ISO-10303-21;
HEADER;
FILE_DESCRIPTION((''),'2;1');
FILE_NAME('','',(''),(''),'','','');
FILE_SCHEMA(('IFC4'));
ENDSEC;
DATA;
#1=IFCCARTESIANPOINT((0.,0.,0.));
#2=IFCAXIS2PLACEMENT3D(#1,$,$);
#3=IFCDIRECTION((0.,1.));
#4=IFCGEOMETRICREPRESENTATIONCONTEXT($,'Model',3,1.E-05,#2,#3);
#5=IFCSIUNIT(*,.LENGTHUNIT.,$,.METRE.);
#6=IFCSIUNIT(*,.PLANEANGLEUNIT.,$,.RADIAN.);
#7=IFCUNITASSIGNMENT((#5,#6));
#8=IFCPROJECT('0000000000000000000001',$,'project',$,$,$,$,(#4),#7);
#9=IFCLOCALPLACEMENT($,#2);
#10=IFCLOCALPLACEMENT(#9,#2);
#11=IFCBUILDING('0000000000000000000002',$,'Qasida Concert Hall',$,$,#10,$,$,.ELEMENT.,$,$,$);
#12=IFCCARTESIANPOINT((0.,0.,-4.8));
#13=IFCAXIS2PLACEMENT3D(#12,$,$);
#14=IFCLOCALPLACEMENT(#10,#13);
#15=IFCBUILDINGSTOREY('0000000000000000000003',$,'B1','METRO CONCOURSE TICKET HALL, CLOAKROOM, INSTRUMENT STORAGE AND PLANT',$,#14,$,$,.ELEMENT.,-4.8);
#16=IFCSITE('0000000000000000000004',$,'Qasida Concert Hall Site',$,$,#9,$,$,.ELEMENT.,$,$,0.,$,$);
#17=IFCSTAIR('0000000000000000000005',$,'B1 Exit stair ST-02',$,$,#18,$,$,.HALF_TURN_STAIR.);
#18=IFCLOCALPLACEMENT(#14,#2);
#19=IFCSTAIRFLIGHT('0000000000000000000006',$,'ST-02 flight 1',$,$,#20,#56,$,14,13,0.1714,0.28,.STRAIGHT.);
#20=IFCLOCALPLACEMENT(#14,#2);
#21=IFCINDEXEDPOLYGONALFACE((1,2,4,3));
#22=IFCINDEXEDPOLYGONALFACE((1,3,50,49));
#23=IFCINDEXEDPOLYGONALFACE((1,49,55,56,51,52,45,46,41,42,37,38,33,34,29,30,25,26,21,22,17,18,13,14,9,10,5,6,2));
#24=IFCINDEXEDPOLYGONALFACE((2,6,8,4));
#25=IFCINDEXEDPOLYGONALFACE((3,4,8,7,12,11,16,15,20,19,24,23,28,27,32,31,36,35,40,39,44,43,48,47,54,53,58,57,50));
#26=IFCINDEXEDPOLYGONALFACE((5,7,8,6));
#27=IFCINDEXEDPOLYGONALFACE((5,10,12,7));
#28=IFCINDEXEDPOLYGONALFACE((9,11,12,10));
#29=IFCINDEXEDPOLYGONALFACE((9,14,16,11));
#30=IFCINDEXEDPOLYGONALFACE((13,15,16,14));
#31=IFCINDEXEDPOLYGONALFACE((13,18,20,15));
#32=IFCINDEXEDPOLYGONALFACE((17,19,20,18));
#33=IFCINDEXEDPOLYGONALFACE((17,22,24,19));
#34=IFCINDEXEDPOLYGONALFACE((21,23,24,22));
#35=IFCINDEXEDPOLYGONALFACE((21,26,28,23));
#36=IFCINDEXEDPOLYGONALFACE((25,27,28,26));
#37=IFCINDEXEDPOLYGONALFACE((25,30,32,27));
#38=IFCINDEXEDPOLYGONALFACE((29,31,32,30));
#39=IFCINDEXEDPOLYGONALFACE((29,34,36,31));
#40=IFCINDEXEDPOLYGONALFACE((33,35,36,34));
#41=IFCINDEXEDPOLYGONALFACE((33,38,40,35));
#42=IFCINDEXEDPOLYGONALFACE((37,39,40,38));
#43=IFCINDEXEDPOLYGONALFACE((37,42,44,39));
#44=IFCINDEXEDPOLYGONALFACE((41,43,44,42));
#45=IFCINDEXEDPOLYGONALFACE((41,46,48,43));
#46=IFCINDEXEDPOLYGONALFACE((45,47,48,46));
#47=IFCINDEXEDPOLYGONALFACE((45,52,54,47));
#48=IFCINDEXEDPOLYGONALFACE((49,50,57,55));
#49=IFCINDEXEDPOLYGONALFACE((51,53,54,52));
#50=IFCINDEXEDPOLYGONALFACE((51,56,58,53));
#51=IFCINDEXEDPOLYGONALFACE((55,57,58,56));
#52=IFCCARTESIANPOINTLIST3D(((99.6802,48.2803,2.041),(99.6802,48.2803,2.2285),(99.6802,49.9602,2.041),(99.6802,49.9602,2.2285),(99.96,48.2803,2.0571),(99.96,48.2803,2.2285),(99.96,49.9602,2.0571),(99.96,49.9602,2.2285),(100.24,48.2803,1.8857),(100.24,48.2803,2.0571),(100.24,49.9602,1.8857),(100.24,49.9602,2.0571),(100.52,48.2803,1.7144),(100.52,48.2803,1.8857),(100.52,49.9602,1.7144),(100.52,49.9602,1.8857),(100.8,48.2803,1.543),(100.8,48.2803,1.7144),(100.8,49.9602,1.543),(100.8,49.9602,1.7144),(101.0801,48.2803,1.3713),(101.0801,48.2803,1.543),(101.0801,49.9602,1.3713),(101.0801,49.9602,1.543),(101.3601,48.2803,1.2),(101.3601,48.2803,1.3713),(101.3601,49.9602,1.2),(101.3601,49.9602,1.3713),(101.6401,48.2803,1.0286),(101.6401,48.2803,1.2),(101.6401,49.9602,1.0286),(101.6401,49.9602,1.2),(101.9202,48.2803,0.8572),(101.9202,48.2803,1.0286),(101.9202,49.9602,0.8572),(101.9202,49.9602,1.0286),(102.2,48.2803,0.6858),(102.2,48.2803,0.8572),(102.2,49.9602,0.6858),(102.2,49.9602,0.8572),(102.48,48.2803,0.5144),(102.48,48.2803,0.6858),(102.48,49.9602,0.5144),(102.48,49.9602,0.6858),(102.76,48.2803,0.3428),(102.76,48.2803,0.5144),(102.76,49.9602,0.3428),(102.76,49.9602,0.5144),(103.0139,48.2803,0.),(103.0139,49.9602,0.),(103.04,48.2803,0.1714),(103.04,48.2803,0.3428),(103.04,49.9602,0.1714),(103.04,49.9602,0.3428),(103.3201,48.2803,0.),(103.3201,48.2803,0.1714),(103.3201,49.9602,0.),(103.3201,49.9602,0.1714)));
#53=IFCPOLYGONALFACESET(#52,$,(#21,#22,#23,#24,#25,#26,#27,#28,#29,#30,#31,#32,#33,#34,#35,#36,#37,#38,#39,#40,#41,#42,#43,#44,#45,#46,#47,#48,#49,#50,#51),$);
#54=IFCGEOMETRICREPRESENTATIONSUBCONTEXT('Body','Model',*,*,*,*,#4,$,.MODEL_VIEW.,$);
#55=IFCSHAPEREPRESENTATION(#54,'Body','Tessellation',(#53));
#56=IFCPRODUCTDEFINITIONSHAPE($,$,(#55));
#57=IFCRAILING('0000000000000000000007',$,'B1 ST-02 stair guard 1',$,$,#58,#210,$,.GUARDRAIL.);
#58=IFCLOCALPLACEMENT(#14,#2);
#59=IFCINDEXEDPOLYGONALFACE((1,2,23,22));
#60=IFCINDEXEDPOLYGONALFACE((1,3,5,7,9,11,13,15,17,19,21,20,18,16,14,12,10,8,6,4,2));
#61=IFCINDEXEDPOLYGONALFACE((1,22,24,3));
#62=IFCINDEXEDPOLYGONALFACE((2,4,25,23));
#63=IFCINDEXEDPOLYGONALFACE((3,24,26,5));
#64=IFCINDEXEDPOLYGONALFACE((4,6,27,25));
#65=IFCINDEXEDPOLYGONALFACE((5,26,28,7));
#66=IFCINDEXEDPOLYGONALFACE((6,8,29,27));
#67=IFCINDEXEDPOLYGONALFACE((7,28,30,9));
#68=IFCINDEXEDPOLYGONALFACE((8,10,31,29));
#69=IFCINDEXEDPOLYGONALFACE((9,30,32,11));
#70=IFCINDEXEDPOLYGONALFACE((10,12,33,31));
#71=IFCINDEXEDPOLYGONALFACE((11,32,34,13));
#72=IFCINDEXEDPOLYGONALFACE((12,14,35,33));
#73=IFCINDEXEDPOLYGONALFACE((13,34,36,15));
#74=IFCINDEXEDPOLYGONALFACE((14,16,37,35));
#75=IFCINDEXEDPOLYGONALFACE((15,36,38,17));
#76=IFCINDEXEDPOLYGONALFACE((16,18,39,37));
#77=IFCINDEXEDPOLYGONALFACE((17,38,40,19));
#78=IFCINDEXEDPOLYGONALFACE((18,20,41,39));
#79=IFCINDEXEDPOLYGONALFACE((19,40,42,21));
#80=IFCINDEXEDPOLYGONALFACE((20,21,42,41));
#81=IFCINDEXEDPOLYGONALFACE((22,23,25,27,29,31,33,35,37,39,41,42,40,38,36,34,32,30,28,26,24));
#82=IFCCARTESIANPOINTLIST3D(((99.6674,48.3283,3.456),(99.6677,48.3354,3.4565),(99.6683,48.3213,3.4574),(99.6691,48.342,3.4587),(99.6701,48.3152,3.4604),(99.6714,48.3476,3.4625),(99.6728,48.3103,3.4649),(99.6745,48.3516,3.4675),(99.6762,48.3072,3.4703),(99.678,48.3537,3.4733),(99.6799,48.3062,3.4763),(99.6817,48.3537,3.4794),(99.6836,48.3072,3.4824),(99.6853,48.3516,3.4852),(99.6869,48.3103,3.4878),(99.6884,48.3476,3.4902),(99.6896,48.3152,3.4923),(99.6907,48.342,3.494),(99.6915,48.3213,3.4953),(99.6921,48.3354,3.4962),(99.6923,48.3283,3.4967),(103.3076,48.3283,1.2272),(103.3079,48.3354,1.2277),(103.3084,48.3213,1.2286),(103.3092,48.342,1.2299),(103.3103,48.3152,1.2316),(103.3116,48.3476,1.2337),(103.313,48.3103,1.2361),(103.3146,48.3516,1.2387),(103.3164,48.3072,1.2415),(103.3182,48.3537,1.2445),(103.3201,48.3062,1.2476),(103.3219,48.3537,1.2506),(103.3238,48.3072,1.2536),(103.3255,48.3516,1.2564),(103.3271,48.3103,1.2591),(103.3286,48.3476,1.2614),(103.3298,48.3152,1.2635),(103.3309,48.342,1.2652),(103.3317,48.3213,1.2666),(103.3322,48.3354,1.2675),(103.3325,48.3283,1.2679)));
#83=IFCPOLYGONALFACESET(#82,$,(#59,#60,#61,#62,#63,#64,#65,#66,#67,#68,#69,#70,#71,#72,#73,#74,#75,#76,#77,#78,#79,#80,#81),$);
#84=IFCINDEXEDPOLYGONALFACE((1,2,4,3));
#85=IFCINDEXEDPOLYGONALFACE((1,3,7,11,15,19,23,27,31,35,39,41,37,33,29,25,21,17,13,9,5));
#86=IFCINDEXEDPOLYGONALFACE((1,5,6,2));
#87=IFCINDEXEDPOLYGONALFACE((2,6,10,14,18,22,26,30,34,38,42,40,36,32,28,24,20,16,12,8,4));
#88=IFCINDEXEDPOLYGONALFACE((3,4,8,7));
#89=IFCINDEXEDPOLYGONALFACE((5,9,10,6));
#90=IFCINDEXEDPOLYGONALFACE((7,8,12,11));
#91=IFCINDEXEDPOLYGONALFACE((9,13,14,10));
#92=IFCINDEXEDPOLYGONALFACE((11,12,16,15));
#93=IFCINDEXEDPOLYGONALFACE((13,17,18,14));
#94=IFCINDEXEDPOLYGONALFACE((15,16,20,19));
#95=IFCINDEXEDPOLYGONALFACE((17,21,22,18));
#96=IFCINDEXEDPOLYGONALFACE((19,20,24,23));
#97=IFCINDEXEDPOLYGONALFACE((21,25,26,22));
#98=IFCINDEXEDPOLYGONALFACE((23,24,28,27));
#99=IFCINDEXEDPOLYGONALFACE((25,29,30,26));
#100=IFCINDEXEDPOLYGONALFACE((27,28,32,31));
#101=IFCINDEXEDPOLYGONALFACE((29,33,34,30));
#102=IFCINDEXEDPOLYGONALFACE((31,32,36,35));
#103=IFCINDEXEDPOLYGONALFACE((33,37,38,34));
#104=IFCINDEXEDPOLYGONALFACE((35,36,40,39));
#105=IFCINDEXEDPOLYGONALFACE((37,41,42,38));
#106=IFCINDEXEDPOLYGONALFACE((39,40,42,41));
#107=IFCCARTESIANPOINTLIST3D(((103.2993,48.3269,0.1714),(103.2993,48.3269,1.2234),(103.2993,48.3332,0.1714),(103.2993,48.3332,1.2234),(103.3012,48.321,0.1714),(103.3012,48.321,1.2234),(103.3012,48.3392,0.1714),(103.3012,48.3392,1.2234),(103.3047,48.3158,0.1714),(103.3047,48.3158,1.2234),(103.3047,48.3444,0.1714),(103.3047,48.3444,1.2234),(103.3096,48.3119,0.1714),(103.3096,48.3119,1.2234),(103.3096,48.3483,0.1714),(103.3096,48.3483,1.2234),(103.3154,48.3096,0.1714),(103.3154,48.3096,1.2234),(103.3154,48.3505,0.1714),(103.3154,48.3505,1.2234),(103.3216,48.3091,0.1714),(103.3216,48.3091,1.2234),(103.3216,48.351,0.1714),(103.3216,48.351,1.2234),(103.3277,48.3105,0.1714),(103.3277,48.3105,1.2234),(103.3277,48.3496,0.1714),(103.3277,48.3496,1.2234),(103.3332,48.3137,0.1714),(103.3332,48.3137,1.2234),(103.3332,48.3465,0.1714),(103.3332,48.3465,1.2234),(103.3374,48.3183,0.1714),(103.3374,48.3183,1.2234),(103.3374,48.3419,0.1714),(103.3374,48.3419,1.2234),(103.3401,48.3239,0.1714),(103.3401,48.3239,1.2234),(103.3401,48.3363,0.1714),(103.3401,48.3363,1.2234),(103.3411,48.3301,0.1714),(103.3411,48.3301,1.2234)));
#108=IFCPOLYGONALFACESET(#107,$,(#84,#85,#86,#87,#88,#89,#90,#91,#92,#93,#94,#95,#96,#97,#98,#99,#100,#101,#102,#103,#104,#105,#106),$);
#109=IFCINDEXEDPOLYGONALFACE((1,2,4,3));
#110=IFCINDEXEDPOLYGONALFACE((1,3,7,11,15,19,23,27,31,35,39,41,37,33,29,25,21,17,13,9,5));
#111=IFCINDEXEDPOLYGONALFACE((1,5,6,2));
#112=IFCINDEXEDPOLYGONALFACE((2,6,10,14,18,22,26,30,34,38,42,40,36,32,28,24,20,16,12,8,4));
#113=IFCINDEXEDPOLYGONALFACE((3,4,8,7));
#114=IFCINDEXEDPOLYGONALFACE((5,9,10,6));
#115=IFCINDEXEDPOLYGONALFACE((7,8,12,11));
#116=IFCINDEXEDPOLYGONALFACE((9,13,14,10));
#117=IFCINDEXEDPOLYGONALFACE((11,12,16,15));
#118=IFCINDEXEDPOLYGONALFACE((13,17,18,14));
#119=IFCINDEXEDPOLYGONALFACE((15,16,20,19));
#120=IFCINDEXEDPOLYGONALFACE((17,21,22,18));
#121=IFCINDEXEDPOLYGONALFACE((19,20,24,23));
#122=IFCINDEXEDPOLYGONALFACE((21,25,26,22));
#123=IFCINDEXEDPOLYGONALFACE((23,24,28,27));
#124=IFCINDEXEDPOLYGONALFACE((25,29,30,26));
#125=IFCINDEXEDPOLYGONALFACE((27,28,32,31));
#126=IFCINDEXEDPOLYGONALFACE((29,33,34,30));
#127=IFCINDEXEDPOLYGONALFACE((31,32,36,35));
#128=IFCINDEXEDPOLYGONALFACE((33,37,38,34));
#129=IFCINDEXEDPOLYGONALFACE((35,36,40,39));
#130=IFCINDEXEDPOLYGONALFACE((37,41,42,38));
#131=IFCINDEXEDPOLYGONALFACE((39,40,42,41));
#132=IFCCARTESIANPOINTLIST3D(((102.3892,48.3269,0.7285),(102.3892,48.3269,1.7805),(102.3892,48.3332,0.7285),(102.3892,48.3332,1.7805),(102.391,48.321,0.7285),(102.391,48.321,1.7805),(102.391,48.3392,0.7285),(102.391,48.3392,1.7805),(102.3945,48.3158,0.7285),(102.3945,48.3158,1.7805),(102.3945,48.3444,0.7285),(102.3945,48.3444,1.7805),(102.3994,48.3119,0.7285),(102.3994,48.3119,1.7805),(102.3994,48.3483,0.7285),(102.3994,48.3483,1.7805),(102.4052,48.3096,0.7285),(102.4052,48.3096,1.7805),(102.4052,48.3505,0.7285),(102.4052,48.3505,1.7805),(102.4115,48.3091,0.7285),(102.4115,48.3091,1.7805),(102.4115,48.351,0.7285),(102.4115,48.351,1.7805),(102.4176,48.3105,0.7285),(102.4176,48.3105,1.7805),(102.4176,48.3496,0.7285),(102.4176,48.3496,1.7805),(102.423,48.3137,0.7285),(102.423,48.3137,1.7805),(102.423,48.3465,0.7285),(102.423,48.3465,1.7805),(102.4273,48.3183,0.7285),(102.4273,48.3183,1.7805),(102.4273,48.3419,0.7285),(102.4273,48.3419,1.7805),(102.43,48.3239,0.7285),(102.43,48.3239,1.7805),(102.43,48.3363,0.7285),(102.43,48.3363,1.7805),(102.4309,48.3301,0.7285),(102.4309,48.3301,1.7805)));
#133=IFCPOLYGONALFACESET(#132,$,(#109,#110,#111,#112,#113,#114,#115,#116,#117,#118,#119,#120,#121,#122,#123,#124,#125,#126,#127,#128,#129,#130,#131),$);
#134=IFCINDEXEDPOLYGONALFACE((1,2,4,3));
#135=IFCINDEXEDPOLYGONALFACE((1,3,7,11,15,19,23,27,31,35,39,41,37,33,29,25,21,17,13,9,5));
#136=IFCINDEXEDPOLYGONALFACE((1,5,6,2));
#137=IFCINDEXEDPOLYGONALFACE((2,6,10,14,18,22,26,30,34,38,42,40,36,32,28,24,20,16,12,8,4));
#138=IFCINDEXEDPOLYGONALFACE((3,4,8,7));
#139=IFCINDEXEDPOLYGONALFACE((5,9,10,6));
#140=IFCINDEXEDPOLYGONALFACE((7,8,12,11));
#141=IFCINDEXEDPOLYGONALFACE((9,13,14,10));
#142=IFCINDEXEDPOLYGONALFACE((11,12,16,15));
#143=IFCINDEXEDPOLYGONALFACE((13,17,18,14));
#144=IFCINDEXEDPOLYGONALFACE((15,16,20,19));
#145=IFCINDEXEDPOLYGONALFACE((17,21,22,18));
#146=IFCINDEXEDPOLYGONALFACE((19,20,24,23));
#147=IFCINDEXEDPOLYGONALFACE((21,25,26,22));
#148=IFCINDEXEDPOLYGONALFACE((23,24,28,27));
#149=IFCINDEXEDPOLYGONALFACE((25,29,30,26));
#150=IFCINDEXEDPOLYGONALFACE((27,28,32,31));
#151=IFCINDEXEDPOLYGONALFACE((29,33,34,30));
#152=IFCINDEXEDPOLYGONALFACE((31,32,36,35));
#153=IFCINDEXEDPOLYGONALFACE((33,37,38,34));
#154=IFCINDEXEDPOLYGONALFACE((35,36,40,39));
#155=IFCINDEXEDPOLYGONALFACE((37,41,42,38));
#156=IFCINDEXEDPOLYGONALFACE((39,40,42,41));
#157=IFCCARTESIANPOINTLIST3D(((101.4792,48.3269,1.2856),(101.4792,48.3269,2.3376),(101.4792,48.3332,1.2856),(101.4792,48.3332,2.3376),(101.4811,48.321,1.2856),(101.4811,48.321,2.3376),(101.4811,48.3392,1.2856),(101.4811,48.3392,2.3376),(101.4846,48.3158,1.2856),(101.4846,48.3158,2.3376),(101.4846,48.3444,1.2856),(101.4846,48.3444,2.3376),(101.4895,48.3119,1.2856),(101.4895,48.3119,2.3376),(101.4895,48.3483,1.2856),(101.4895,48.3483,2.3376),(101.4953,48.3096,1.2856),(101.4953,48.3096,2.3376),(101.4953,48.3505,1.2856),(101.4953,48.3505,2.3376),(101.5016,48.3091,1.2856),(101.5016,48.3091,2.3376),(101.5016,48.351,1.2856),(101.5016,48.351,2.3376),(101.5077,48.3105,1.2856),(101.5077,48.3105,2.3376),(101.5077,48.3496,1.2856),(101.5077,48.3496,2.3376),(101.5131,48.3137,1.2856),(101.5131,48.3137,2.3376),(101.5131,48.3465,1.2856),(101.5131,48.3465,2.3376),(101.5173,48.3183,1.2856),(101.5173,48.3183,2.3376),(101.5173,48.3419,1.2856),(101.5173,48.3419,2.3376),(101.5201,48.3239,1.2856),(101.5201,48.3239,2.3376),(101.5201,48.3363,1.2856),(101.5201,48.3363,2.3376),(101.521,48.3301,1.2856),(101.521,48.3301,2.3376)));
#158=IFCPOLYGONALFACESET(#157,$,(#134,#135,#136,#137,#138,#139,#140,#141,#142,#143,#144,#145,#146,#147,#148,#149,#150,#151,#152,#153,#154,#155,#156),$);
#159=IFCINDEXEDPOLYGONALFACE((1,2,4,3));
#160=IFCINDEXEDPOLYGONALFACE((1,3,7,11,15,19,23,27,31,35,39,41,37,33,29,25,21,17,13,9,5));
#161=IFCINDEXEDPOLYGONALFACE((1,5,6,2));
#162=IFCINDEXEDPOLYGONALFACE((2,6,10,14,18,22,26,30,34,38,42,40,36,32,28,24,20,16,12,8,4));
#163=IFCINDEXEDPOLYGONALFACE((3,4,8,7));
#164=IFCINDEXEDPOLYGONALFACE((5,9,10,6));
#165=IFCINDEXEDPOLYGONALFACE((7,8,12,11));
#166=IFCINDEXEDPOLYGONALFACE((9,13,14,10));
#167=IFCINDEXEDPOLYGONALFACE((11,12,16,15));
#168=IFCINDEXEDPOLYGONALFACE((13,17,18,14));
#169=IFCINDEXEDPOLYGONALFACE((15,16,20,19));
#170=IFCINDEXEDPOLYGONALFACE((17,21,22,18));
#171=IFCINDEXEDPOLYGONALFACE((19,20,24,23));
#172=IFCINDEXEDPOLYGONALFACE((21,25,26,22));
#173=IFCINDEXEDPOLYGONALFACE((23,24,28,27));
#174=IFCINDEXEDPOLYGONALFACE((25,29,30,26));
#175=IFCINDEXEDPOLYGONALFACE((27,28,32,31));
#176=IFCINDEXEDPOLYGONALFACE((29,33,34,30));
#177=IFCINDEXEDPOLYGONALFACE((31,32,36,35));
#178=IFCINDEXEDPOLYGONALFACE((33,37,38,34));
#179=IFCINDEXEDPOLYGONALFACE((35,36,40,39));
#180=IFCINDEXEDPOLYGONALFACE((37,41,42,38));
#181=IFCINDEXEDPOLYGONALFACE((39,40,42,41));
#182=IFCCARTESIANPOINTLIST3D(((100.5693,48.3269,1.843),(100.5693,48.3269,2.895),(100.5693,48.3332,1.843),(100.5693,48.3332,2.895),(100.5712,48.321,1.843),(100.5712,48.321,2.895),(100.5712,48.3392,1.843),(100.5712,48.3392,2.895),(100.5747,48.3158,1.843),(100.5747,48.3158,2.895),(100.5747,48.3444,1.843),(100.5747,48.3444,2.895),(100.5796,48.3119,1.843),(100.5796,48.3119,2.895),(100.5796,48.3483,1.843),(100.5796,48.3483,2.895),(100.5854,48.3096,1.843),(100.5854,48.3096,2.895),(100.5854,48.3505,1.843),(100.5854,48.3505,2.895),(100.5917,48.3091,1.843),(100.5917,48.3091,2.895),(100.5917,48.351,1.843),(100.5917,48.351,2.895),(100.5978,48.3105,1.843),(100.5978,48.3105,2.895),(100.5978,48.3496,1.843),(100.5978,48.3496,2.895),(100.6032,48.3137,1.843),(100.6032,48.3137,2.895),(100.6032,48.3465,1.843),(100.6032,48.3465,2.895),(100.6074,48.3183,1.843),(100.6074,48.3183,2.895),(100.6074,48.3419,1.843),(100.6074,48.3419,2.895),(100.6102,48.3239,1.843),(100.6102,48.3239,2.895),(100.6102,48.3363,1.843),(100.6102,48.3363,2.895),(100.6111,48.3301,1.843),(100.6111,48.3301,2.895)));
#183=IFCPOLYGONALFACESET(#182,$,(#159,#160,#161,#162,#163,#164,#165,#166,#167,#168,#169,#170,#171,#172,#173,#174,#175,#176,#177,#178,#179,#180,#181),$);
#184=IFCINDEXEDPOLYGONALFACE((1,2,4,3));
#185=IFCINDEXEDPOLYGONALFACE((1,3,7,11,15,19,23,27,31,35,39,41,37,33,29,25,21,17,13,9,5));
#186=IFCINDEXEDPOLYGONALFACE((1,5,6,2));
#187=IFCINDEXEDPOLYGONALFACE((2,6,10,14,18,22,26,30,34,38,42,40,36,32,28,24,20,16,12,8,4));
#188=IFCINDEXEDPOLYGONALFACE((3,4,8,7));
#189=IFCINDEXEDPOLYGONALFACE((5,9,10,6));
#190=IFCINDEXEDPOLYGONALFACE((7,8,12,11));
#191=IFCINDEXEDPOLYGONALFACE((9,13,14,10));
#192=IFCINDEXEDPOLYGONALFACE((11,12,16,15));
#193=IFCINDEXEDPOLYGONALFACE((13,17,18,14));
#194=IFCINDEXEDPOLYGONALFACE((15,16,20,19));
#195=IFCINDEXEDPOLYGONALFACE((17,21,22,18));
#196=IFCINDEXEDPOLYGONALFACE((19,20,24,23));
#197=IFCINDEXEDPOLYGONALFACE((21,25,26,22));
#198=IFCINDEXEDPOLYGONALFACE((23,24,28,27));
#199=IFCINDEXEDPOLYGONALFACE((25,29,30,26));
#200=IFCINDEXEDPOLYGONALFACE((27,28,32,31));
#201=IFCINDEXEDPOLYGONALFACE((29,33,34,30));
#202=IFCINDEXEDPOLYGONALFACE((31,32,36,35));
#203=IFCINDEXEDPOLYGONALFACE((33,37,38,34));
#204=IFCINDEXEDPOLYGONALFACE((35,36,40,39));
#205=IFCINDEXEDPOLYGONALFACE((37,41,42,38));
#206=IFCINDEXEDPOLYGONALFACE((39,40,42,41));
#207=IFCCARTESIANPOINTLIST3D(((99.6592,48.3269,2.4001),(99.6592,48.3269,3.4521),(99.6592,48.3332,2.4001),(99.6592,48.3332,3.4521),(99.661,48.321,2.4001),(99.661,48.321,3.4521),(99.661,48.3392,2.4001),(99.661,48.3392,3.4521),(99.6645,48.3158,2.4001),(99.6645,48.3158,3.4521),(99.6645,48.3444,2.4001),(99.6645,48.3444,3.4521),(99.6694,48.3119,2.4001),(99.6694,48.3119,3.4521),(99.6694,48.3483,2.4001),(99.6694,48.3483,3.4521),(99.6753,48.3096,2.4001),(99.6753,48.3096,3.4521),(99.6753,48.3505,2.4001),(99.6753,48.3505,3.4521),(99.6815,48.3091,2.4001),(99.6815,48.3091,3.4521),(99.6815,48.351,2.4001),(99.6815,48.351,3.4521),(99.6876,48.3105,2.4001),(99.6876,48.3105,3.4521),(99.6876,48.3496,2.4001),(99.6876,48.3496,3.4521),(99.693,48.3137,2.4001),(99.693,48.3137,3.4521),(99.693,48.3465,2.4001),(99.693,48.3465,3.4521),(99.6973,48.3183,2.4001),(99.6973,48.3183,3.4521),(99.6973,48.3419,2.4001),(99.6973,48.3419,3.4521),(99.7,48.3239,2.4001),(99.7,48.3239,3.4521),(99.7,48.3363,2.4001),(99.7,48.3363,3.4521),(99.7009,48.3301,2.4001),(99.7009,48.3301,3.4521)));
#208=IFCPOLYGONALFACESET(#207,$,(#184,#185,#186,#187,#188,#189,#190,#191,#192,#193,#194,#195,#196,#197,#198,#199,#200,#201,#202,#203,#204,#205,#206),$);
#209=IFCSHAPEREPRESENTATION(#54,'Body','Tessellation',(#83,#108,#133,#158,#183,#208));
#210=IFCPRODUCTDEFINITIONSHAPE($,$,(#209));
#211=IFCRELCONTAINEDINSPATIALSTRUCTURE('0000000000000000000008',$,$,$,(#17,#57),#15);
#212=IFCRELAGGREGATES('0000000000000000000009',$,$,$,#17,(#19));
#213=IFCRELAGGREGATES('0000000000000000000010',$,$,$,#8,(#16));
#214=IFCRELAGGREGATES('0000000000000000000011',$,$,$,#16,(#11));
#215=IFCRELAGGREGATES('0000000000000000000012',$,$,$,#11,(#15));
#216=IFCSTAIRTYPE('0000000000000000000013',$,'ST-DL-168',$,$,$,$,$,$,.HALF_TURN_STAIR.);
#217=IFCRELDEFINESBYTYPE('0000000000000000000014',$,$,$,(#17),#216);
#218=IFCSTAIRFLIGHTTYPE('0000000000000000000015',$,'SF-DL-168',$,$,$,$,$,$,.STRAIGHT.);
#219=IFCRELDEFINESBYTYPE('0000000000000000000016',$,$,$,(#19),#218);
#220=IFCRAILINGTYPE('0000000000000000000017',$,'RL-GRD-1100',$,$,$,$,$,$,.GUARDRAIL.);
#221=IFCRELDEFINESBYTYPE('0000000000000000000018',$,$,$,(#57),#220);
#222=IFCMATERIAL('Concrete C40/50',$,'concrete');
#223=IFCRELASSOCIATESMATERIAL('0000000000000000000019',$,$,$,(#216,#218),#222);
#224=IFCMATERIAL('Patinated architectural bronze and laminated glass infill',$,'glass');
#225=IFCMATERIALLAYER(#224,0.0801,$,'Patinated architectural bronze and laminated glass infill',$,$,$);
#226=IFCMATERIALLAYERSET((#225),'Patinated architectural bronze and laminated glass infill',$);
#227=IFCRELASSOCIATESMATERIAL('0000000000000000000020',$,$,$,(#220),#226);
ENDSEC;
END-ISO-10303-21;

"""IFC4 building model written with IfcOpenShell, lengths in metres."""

from ifc_helpers import new_model, si_unit, direction, frame, origin, origin_2d, place, context, subcontext, project, spatial, polyline, circle, outline, extrude, material, layer, layer_set, type_object, element, aggregate, save


model = new_model("IFC4")

# Units and contexts
model_context = context("Model", 3, precision=1e-05, world=origin(), true_north=direction((0.0, 1.0)))
body_context = subcontext(model_context, "Body", "Model", "MODEL_VIEW")
ifc_project = project(units=[si_unit("LENGTHUNIT", "METRE"), si_unit("PLANEANGLEUNIT", "RADIAN")], contexts=[model_context])

# Site, building, storey
site_placement = place(None, origin())
site = spatial("IfcSite", under=ifc_project, at=site_placement, Name="Qasida Concert Hall Site", CompositionType="ELEMENT", RefElevation=0.0)
building_placement = place(site_placement, origin())
building = spatial("IfcBuilding", under=site, at=building_placement, Name="Qasida Concert Hall", CompositionType="ELEMENT")
storey_placement = place(building_placement, frame((0.0, 0.0, -4.8)))
storey = spatial("IfcBuildingStorey", under=building, at=storey_placement, Name="B1", Description="METRO CONCOURSE TICKET HALL, CLOAKROOM, INSTRUMENT STORAGE AND PLANT", CompositionType="ELEMENT", Elevation=-4.8)

# Shared definitions
ifc_material_1 = material(Name="Concrete C40/50", Category="concrete")

# Stair, stair flight
stair_type = type_object("IfcStairType", Name="ST-DL-168", PredefinedType="HALF_TURN_STAIR", material=ifc_material_1)
stair_placement = place(storey_placement, origin())
stair = element("IfcStair", 1, at=stair_placement, inside=storey, type_object=stair_type, Name="B1 Exit stair ST-02", PredefinedType="HALF_TURN_STAIR")
stair_flight_type = type_object("IfcStairFlightType", Name="SF-DL-168", PredefinedType="STRAIGHT", material=ifc_material_1)
stair_flight_placement = place(storey_placement, frame((103.3201, 49.1201, 0.0), z_axis=(0.0, 0.0, 1.0), x_axis=(-1.0, 0.0, 0.0)))
stair_flight = element("IfcStairFlight", 2, at=stair_flight_placement, type_object=stair_flight_type, Name="ST-02 flight 1", NumberOfRisers=14, NumberOfTreads=13, PredefinedType="STRAIGHT", RiserHeight=0.1714, TreadLength=0.28, context=body_context, shape_type="SweptSolid", body=[
    extrude(outline(polyline([(0.0, 0.0), (0.0, 0.1714), (0.28, 0.1714), (0.28, 0.3428), (0.5601, 0.3428), (0.5601, 0.5144), (0.8401, 0.5144), (0.8401, 0.6858), (1.1201, 0.6858), (1.1201, 0.8572), (1.3999, 0.8572), (1.3999, 1.0286), (1.6799, 1.0286), (1.6799, 1.2), (1.96, 1.2), (1.96, 1.3713), (2.24, 1.3713), (2.24, 1.543), (2.52, 1.543), (2.52, 1.7144), (2.8, 1.7144), (2.8, 1.8857), (3.0801, 1.8857), (3.0801, 2.0571), (3.3601, 2.0571), (3.3601, 2.2285), (3.6399, 2.2285), (3.6399, 2.3999), (3.6399, 2.041), (0.3062, 0.0), (0.0, 0.0)])), frame((0.0, 0.8398, 0.0), z_axis=(0.0, -1.0, 0.0), x_axis=(1.0, 0.0, 0.0)), (0.0, 0.0, 1.0), 1.6799),
])
aggregate(stair, [stair_flight])

# Railing
ifc_material_2 = material(Name="Patinated architectural bronze and laminated glass infill", Category="glass")
ifc_layer_1 = layer(ifc_material_2, 0.0801, Name="Patinated architectural bronze and laminated glass infill")
ifc_layer_set_1 = layer_set([ifc_layer_1], Name="Patinated architectural bronze and laminated glass infill")
railing_type_1 = type_object("IfcRailingType", Name="RL-GRD-1100", PredefinedType="GUARDRAIL", material=ifc_layer_set_1)
railing_1_placement = place(storey_placement, frame((103.3201, 48.3301, 0.1714)))
element("IfcRailing", 3, at=railing_1_placement, inside=storey, type_object=railing_type_1, Name="B1 ST-02 stair guard 1", PredefinedType="GUARDRAIL", context=body_context, shape_type="SweptSolid", body=[
    extrude(circle(Radius=0.0239, at=origin_2d()), frame((0.0, 0.0, 1.0762), z_axis=(-0.85284, 0.0, 0.522172), x_axis=(0.0, -1.0, 0.0)), (0.0, 0.0, 1.0), 4.2683),
    extrude(circle(Radius=0.021, at=origin_2d()), origin(), (0.0, 0.0, 1.0), 1.052),
    extrude(circle(Radius=0.021, at=origin_2d()), frame((-0.9102, 0.0, 0.5571)), (0.0, 0.0, 1.0), 1.052),
    extrude(circle(Radius=0.021, at=origin_2d()), frame((-1.8201, 0.0, 1.1143)), (0.0, 0.0, 1.0), 1.052),
    extrude(circle(Radius=0.021, at=origin_2d()), frame((-2.73, 0.0, 1.6716)), (0.0, 0.0, 1.0), 1.052),
    extrude(circle(Radius=0.021, at=origin_2d()), frame((-3.6401, 0.0, 2.2288)), (0.0, 0.0, 1.0), 1.052),
])

save(model, "model.ifc")
